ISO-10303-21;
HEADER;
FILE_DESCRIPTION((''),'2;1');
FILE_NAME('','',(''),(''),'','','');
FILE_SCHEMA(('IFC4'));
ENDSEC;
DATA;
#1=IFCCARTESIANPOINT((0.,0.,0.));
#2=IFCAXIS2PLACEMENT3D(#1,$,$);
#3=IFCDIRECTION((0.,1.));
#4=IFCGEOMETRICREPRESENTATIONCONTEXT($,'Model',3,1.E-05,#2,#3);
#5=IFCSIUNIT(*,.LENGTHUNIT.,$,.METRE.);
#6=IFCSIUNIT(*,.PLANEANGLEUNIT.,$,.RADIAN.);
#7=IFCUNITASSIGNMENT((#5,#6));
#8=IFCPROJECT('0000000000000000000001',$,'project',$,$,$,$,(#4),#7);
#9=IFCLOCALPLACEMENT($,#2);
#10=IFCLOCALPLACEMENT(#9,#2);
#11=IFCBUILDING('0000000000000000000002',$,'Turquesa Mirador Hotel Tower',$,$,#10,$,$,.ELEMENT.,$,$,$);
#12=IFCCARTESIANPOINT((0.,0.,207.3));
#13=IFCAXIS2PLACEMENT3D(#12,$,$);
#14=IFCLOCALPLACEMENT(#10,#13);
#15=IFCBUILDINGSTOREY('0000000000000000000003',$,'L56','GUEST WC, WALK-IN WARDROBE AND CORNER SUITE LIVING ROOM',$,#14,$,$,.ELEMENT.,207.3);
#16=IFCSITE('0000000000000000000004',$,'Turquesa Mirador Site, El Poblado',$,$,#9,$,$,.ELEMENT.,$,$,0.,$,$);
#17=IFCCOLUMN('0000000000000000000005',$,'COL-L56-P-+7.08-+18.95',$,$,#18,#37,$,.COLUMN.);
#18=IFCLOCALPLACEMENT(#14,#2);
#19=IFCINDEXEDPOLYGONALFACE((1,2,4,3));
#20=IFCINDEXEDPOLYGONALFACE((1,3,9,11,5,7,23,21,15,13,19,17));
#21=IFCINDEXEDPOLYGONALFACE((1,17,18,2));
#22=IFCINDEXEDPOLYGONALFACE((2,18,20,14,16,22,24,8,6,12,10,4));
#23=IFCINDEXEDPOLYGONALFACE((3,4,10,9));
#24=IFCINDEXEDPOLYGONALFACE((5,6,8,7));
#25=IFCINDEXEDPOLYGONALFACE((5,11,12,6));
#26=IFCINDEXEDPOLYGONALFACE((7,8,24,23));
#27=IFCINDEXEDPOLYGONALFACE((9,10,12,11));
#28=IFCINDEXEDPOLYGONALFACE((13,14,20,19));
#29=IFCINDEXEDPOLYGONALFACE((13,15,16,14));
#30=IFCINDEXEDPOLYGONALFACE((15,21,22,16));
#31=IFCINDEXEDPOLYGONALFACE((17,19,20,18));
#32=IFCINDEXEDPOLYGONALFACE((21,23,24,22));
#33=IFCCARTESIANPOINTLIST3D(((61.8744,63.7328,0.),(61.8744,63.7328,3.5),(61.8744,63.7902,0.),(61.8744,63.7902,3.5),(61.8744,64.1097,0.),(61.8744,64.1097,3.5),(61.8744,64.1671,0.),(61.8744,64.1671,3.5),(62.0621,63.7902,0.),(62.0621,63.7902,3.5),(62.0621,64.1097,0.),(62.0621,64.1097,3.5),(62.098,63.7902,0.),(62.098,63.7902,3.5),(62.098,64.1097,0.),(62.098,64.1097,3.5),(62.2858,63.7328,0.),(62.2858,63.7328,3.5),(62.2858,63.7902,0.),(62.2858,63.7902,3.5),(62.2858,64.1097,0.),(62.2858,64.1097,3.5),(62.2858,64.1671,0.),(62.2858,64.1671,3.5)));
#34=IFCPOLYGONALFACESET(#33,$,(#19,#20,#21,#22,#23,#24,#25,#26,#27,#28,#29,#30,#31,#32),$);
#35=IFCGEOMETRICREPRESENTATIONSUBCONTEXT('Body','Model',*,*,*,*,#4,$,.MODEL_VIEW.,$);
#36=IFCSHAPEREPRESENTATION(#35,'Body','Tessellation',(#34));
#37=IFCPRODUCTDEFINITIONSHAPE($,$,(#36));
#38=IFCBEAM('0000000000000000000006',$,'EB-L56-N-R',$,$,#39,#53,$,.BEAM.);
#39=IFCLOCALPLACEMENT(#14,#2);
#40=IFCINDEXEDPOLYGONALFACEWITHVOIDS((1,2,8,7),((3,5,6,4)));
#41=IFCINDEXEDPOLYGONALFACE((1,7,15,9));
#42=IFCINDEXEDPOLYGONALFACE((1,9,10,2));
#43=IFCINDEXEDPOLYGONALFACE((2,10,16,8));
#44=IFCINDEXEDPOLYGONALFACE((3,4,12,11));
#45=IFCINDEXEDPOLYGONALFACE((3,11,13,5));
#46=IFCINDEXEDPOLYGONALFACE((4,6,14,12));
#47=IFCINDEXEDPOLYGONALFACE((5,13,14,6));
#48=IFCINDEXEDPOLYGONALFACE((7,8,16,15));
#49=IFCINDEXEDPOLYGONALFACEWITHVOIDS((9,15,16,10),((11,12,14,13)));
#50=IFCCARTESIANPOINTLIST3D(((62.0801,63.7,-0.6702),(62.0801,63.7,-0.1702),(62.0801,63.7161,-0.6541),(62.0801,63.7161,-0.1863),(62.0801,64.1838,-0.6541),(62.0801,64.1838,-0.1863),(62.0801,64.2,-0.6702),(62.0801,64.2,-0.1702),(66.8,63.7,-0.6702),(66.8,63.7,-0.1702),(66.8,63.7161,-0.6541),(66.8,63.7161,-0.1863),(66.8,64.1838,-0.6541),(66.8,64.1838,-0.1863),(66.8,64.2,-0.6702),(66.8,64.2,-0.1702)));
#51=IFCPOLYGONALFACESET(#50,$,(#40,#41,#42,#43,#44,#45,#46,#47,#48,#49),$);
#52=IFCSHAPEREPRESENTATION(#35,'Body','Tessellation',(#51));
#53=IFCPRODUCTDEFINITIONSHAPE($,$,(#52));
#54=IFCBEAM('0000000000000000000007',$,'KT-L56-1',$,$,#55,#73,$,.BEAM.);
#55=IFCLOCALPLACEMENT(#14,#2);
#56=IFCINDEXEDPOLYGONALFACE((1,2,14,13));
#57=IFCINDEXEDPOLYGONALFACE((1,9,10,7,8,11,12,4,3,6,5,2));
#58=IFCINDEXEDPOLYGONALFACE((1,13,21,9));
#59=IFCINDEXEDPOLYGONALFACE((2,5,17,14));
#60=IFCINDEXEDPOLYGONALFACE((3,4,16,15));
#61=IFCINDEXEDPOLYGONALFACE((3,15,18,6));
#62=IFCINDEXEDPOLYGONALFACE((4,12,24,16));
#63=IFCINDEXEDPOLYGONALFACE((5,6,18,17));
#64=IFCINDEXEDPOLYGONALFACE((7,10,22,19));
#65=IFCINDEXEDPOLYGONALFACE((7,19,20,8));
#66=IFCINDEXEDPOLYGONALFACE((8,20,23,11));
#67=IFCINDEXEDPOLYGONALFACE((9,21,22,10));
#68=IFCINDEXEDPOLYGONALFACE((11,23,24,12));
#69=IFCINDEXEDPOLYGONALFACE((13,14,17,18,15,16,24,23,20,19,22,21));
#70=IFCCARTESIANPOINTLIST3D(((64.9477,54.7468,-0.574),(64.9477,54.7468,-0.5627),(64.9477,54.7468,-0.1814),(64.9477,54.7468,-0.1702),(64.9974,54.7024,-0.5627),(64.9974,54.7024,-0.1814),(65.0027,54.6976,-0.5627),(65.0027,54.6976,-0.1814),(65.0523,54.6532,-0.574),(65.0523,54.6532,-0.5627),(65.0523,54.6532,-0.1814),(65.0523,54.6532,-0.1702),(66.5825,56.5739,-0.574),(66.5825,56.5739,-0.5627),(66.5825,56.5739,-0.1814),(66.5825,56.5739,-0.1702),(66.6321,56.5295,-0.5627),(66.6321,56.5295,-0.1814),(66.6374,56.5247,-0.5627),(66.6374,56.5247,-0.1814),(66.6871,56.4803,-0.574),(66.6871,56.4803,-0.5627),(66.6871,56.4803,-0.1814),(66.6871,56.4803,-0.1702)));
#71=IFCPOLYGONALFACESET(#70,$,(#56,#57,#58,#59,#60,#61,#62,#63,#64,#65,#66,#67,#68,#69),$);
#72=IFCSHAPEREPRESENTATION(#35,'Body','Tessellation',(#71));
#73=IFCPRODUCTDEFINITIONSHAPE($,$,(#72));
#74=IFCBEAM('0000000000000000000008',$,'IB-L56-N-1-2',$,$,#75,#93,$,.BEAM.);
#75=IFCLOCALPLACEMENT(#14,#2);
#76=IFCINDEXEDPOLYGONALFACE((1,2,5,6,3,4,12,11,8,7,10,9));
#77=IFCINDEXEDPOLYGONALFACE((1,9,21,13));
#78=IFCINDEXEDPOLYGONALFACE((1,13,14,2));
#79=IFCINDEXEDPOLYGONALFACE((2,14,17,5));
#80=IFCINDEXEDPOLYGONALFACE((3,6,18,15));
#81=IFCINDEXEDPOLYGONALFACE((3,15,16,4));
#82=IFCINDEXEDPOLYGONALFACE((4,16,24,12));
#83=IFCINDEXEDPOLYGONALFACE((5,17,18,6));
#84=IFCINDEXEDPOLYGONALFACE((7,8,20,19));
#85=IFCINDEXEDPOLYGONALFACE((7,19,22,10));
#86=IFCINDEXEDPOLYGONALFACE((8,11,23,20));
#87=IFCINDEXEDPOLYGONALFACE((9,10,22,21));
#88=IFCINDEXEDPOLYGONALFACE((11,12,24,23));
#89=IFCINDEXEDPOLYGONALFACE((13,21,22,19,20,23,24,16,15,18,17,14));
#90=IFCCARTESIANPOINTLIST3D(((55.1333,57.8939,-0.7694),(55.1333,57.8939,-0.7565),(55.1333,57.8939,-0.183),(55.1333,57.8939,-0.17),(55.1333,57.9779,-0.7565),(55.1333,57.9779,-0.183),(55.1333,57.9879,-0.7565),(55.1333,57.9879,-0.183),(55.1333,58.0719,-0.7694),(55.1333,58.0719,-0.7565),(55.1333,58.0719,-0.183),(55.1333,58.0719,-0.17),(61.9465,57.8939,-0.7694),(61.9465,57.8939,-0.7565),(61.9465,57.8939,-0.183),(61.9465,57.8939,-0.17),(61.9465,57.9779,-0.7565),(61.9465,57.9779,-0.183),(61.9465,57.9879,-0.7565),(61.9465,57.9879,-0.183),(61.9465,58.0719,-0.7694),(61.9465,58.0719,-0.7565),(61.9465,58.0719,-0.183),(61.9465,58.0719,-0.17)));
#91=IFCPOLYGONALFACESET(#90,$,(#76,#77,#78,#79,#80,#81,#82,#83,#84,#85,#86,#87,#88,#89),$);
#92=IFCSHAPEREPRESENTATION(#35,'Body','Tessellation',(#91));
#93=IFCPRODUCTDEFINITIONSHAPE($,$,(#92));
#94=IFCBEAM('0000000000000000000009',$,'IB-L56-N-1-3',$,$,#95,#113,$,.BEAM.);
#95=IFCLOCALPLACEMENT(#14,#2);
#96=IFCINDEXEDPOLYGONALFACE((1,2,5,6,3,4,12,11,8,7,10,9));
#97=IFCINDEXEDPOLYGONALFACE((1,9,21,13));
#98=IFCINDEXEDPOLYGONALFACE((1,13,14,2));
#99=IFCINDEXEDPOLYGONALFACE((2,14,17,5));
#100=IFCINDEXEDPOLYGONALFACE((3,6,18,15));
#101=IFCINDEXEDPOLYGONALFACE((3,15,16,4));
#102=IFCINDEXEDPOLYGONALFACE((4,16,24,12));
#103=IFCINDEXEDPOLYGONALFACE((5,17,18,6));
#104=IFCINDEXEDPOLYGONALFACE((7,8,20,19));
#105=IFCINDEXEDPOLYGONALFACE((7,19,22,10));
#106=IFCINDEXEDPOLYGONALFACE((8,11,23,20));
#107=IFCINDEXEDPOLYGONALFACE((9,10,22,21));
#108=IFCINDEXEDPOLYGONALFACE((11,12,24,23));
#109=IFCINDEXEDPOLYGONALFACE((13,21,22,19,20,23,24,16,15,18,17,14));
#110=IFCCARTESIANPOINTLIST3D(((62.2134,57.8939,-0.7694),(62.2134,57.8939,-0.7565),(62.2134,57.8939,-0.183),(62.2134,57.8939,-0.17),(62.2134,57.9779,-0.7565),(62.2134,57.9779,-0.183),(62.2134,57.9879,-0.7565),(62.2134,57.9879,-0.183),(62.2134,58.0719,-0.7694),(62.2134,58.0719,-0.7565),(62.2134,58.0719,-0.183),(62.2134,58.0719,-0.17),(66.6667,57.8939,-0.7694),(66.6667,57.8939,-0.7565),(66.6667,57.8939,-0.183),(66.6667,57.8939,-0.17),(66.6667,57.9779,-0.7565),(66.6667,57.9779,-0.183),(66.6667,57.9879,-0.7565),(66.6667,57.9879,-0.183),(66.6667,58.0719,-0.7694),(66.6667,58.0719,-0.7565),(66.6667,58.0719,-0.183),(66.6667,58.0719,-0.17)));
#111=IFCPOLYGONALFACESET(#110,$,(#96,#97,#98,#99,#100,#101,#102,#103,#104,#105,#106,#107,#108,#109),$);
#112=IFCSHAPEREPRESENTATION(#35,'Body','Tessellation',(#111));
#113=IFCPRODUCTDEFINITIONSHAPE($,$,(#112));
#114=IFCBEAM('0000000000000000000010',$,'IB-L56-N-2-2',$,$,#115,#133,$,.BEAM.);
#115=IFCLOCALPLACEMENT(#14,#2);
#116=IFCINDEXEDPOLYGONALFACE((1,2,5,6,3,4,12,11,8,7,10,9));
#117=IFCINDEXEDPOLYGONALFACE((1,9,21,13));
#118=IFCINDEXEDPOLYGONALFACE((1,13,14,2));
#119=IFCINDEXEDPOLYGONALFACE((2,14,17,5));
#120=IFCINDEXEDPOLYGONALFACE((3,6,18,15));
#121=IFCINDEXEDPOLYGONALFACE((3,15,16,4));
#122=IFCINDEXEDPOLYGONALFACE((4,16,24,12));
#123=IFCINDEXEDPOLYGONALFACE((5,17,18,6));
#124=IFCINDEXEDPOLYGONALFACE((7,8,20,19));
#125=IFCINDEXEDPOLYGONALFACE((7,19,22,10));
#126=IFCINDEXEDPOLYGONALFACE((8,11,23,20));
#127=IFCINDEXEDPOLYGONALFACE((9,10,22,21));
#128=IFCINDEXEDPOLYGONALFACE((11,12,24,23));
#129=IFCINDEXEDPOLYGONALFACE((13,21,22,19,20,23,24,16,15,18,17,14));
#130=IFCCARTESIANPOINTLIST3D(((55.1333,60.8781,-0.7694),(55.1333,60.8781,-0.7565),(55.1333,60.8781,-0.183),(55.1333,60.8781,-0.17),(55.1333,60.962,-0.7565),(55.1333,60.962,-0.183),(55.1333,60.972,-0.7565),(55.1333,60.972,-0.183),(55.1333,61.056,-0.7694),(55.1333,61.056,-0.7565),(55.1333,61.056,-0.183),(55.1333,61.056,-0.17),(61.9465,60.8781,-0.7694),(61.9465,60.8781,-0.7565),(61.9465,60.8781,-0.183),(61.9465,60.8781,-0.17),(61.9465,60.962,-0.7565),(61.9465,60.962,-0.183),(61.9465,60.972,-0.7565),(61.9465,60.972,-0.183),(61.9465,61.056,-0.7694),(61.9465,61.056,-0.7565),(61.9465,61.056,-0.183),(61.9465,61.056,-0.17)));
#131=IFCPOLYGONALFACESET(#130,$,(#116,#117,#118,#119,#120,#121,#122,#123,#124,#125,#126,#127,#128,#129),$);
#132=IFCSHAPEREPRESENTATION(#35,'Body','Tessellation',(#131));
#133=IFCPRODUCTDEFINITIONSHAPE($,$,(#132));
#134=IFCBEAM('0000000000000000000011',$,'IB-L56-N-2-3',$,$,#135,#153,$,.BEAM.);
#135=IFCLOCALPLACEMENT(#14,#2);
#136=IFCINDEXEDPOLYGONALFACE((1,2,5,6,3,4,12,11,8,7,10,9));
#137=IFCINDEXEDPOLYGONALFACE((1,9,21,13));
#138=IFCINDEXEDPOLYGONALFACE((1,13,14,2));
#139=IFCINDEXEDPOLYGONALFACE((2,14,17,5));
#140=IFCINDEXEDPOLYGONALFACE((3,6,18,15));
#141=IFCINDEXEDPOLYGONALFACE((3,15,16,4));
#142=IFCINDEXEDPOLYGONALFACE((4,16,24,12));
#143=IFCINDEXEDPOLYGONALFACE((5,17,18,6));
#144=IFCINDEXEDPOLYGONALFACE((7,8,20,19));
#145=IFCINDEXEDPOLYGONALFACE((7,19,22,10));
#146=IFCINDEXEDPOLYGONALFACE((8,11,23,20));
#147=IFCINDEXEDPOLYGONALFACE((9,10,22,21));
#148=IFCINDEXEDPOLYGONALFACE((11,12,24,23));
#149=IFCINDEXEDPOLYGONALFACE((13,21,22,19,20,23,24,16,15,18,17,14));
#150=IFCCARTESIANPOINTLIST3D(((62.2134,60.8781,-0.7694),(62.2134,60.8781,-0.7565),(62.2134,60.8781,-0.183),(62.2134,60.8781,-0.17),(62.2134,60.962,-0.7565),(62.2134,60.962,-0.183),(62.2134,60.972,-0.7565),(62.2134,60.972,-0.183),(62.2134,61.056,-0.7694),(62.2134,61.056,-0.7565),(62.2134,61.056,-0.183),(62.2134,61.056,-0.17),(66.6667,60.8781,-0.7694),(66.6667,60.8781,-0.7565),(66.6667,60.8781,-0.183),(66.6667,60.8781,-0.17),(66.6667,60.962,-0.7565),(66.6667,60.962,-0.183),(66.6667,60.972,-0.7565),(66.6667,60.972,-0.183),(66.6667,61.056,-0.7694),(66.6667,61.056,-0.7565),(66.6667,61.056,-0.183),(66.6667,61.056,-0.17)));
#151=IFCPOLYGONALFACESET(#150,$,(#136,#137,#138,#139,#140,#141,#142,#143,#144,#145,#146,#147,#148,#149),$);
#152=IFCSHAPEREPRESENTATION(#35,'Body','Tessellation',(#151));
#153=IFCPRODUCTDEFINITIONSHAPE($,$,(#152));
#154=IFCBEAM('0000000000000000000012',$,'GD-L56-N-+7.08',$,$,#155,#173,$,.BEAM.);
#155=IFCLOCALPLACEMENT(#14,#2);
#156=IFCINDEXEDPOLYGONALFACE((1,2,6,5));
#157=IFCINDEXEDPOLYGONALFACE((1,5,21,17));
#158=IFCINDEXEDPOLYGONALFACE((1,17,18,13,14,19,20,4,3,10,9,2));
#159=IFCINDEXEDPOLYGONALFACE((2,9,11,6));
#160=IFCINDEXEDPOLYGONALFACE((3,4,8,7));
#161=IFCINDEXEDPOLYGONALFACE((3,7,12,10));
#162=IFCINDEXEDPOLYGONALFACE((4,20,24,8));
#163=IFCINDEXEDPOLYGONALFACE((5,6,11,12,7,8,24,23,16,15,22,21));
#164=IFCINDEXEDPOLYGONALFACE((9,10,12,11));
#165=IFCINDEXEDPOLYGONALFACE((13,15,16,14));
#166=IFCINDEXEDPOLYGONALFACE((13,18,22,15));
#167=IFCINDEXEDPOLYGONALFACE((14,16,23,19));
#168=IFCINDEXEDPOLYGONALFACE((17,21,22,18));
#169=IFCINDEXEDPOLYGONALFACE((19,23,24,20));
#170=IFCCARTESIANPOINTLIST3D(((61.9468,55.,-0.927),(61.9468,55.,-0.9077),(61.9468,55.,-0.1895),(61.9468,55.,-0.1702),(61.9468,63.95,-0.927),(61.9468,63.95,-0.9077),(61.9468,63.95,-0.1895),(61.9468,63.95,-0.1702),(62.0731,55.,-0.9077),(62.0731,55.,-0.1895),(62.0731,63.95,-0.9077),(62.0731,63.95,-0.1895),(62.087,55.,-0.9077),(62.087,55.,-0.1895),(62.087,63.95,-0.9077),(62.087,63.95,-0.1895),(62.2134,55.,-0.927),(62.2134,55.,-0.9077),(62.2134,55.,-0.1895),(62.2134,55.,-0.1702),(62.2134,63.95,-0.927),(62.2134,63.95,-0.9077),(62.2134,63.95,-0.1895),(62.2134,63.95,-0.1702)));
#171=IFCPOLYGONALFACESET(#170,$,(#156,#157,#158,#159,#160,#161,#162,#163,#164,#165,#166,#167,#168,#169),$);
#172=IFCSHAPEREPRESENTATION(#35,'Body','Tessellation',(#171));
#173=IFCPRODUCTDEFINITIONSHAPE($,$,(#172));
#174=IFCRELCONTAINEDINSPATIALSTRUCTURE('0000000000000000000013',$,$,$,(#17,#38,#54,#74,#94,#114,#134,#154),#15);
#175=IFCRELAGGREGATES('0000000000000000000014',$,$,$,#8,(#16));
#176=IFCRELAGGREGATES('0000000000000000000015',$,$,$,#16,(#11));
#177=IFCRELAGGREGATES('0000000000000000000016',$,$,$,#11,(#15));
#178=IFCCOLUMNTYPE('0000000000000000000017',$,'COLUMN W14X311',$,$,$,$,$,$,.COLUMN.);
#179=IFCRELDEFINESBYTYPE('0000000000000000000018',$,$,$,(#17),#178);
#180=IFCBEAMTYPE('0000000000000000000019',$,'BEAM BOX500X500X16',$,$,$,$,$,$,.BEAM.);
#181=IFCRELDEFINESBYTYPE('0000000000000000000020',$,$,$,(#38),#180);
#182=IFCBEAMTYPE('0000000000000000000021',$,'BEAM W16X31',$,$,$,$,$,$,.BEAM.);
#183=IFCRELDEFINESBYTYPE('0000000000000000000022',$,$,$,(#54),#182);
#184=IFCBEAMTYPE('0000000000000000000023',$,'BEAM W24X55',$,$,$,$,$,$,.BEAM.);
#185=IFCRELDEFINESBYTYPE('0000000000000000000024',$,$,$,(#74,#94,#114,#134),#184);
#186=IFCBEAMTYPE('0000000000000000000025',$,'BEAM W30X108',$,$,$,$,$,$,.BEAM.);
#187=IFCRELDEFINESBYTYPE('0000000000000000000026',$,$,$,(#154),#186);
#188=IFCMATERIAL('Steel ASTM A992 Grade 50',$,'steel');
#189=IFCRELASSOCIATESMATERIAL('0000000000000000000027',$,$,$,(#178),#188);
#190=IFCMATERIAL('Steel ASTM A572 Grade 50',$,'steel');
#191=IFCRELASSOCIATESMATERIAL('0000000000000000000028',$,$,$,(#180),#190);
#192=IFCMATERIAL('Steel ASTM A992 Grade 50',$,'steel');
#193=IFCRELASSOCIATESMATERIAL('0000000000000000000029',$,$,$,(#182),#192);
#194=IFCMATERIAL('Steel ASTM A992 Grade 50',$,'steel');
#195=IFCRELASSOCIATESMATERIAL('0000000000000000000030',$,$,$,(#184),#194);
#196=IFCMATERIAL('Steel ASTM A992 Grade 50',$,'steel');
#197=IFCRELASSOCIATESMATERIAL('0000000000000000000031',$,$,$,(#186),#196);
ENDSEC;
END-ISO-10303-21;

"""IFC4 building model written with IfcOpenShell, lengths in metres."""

from ifc_helpers import new_model, si_unit, direction, frame, origin, origin_2d, place, context, subcontext, project, spatial, hollow_rectangle, i_section, extrude, material, material_profile, profile_set, type_object, element, save


model = new_model("IFC4")

# Units and contexts
model_context = context("Model", 3, precision=1e-05, world=origin(), true_north=direction((0.0, 1.0)))
body_context = subcontext(model_context, "Body", "Model", "MODEL_VIEW")
ifc_project = project(units=[si_unit("LENGTHUNIT", "METRE"), si_unit("PLANEANGLEUNIT", "RADIAN")], contexts=[model_context])

# Site, building, storey
site_placement = place(None, origin())
site = spatial("IfcSite", under=ifc_project, at=site_placement, Name="Turquesa Mirador Site, El Poblado", CompositionType="ELEMENT", RefElevation=0.0)
building_placement = place(site_placement, origin())
building = spatial("IfcBuilding", under=site, at=building_placement, Name="Turquesa Mirador Hotel Tower", CompositionType="ELEMENT")
storey_placement = place(building_placement, frame((0.0, 0.0, 207.3)))
storey = spatial("IfcBuildingStorey", under=building, at=storey_placement, Name="L56", Description="GUEST WC, WALK-IN WARDROBE AND CORNER SUITE LIVING ROOM", CompositionType="ELEMENT", Elevation=207.3)

# Column
ifc_material_1 = material(Name="Steel ASTM A992 Grade 50", Category="steel")
ifc_material_profile_1 = material_profile(ifc_material_1, i_section(OverallWidth=0.4114, OverallDepth=0.4343, WebThickness=0.0359, FlangeThickness=0.0574, at=origin_2d()), Name="W14X311")
ifc_profile_set_1 = profile_set([ifc_material_profile_1], Name="Steel ASTM A992 Grade 50")
column_type = type_object("IfcColumnType", Name="COLUMN W14X311", PredefinedType="COLUMN", material=ifc_profile_set_1)
column_placement = place(storey_placement, frame((62.0801, 63.95, 0.0), z_axis=(0.0, 0.0, 1.0), x_axis=(1.0, 0.0, 0.0)))
element("IfcColumn", 1, at=column_placement, inside=storey, type_object=column_type, Name="COL-L56-P-+7.08-+18.95", PredefinedType="COLUMN", context=body_context, shape_type="SweptSolid", body=[
    extrude(i_section(OverallWidth=0.4114, OverallDepth=0.4343, WebThickness=0.0359, FlangeThickness=0.0574, at=origin_2d()), origin(), (0.0, 0.0, 1.0), 3.5),
])

# Beams
ifc_material_2 = material(Name="Steel ASTM A572 Grade 50", Category="steel")
ifc_material_profile_2 = material_profile(ifc_material_2, hollow_rectangle(XDim=0.5, YDim=0.5, WallThickness=0.0161, at=origin_2d()), Name="BOX500X500X16")
ifc_profile_set_2 = profile_set([ifc_material_profile_2], Name="Steel ASTM A572 Grade 50")
beam_type_1 = type_object("IfcBeamType", Name="BEAM BOX500X500X16", PredefinedType="BEAM", material=ifc_profile_set_2)
beam_1_placement = place(storey_placement, frame((62.0801, 63.95, -0.4202), z_axis=(1.0, 0.0, 0.0), x_axis=(0.0, 1.0, 0.0)))
element("IfcBeam", 2, at=beam_1_placement, inside=storey, type_object=beam_type_1, Name="EB-L56-N-R", PredefinedType="BEAM", context=body_context, shape_type="SweptSolid", body=[
    extrude(hollow_rectangle(XDim=0.5, YDim=0.5, WallThickness=0.0161, at=origin_2d()), origin(), (0.0, 0.0, 1.0), 4.72),
])
ifc_material_3 = material(Name="Steel ASTM A992 Grade 50", Category="steel")
ifc_material_profile_3 = material_profile(ifc_material_3, i_section(OverallWidth=0.1404, OverallDepth=0.4038, WebThickness=0.0071, FlangeThickness=0.0112, at=origin_2d()), Name="W16X31")
ifc_profile_set_3 = profile_set([ifc_material_profile_3], Name="Steel ASTM A992 Grade 50")
beam_type_2 = type_object("IfcBeamType", Name="BEAM W16X31", PredefinedType="BEAM", material=ifc_profile_set_3)
beam_2_placement = place(storey_placement, frame((66.6348, 56.5271, -0.3721), z_axis=(-0.666783, -0.745252, 0.0), x_axis=(0.745252, -0.666783, 0.0)))
element("IfcBeam", 3, at=beam_2_placement, inside=storey, type_object=beam_type_2, Name="KT-L56-1", PredefinedType="BEAM", context=body_context, shape_type="SweptSolid", body=[
    extrude(i_section(OverallWidth=0.1404, OverallDepth=0.4038, WebThickness=0.0071, FlangeThickness=0.0112, at=origin_2d()), origin(), (0.0, 0.0, 1.0), 2.4517),
])
ifc_material_4 = material(Name="Steel ASTM A992 Grade 50", Category="steel")
ifc_material_profile_4 = material_profile(ifc_material_4, i_section(OverallWidth=0.178, OverallDepth=0.5994, WebThickness=0.01, FlangeThickness=0.0129, at=origin_2d()), Name="W24X55")
ifc_profile_set_4 = profile_set([ifc_material_profile_4], Name="Steel ASTM A992 Grade 50")
beam_type_3 = type_object("IfcBeamType", Name="BEAM W24X55", PredefinedType="BEAM", material=ifc_profile_set_4)
beam_3_placement = place(storey_placement, frame((55.1333, 57.9829, -0.4697), z_axis=(1.0, 0.0, 0.0), x_axis=(0.0, 1.0, 0.0)))
element("IfcBeam", 4, at=beam_3_placement, inside=storey, type_object=beam_type_3, Name="IB-L56-N-1-2", PredefinedType="BEAM", context=body_context, shape_type="SweptSolid", body=[
    extrude(i_section(OverallWidth=0.178, OverallDepth=0.5994, WebThickness=0.01, FlangeThickness=0.0129, at=origin_2d()), origin(), (0.0, 0.0, 1.0), 6.8132),
])
beam_4_placement = place(storey_placement, frame((62.2134, 57.9829, -0.4697), z_axis=(1.0, 0.0, 0.0), x_axis=(0.0, 1.0, 0.0)))
element("IfcBeam", 5, at=beam_4_placement, inside=storey, type_object=beam_type_3, Name="IB-L56-N-1-3", PredefinedType="BEAM", context=body_context, shape_type="SweptSolid", body=[
    extrude(i_section(OverallWidth=0.178, OverallDepth=0.5994, WebThickness=0.01, FlangeThickness=0.0129, at=origin_2d()), origin(), (0.0, 0.0, 1.0), 4.4534),
])
beam_5_placement = place(storey_placement, frame((55.1333, 60.967, -0.4697), z_axis=(1.0, 0.0, 0.0), x_axis=(0.0, 1.0, 0.0)))
element("IfcBeam", 6, at=beam_5_placement, inside=storey, type_object=beam_type_3, Name="IB-L56-N-2-2", PredefinedType="BEAM", context=body_context, shape_type="SweptSolid", body=[
    extrude(i_section(OverallWidth=0.178, OverallDepth=0.5994, WebThickness=0.01, FlangeThickness=0.0129, at=origin_2d()), origin(), (0.0, 0.0, 1.0), 6.8132),
])
beam_6_placement = place(storey_placement, frame((62.2134, 60.967, -0.4697), z_axis=(1.0, 0.0, 0.0), x_axis=(0.0, 1.0, 0.0)))
element("IfcBeam", 7, at=beam_6_placement, inside=storey, type_object=beam_type_3, Name="IB-L56-N-2-3", PredefinedType="BEAM", context=body_context, shape_type="SweptSolid", body=[
    extrude(i_section(OverallWidth=0.178, OverallDepth=0.5994, WebThickness=0.01, FlangeThickness=0.0129, at=origin_2d()), origin(), (0.0, 0.0, 1.0), 4.4534),
])
ifc_material_5 = material(Name="Steel ASTM A992 Grade 50", Category="steel")
ifc_material_profile_5 = material_profile(ifc_material_5, i_section(OverallWidth=0.2666, OverallDepth=0.7568, WebThickness=0.0139, FlangeThickness=0.0193, at=origin_2d()), Name="W30X108")
ifc_profile_set_5 = profile_set([ifc_material_profile_5], Name="Steel ASTM A992 Grade 50")
beam_type_4 = type_object("IfcBeamType", Name="BEAM W30X108", PredefinedType="BEAM", material=ifc_profile_set_5)
for number, where, z_axis, x_axis, name in (
    (8, (62.0801, 63.95, -0.5486), (0.0, -1.0, 0.0), (1.0, 0.0, 0.0), "GD-L56-N-+7.08"),
):
    element("IfcBeam", number, at=place(storey_placement, frame(where, z_axis=z_axis, x_axis=x_axis)), inside=storey, type_object=beam_type_4, Name=name, PredefinedType="BEAM", context=body_context, shape_type="SweptSolid", body=[
        extrude(i_section(OverallWidth=0.2666, OverallDepth=0.7568, WebThickness=0.0139, FlangeThickness=0.0193, at=origin_2d()), origin(), (0.0, 0.0, 1.0), 8.95),
    ])

save(model, "model.ifc")
